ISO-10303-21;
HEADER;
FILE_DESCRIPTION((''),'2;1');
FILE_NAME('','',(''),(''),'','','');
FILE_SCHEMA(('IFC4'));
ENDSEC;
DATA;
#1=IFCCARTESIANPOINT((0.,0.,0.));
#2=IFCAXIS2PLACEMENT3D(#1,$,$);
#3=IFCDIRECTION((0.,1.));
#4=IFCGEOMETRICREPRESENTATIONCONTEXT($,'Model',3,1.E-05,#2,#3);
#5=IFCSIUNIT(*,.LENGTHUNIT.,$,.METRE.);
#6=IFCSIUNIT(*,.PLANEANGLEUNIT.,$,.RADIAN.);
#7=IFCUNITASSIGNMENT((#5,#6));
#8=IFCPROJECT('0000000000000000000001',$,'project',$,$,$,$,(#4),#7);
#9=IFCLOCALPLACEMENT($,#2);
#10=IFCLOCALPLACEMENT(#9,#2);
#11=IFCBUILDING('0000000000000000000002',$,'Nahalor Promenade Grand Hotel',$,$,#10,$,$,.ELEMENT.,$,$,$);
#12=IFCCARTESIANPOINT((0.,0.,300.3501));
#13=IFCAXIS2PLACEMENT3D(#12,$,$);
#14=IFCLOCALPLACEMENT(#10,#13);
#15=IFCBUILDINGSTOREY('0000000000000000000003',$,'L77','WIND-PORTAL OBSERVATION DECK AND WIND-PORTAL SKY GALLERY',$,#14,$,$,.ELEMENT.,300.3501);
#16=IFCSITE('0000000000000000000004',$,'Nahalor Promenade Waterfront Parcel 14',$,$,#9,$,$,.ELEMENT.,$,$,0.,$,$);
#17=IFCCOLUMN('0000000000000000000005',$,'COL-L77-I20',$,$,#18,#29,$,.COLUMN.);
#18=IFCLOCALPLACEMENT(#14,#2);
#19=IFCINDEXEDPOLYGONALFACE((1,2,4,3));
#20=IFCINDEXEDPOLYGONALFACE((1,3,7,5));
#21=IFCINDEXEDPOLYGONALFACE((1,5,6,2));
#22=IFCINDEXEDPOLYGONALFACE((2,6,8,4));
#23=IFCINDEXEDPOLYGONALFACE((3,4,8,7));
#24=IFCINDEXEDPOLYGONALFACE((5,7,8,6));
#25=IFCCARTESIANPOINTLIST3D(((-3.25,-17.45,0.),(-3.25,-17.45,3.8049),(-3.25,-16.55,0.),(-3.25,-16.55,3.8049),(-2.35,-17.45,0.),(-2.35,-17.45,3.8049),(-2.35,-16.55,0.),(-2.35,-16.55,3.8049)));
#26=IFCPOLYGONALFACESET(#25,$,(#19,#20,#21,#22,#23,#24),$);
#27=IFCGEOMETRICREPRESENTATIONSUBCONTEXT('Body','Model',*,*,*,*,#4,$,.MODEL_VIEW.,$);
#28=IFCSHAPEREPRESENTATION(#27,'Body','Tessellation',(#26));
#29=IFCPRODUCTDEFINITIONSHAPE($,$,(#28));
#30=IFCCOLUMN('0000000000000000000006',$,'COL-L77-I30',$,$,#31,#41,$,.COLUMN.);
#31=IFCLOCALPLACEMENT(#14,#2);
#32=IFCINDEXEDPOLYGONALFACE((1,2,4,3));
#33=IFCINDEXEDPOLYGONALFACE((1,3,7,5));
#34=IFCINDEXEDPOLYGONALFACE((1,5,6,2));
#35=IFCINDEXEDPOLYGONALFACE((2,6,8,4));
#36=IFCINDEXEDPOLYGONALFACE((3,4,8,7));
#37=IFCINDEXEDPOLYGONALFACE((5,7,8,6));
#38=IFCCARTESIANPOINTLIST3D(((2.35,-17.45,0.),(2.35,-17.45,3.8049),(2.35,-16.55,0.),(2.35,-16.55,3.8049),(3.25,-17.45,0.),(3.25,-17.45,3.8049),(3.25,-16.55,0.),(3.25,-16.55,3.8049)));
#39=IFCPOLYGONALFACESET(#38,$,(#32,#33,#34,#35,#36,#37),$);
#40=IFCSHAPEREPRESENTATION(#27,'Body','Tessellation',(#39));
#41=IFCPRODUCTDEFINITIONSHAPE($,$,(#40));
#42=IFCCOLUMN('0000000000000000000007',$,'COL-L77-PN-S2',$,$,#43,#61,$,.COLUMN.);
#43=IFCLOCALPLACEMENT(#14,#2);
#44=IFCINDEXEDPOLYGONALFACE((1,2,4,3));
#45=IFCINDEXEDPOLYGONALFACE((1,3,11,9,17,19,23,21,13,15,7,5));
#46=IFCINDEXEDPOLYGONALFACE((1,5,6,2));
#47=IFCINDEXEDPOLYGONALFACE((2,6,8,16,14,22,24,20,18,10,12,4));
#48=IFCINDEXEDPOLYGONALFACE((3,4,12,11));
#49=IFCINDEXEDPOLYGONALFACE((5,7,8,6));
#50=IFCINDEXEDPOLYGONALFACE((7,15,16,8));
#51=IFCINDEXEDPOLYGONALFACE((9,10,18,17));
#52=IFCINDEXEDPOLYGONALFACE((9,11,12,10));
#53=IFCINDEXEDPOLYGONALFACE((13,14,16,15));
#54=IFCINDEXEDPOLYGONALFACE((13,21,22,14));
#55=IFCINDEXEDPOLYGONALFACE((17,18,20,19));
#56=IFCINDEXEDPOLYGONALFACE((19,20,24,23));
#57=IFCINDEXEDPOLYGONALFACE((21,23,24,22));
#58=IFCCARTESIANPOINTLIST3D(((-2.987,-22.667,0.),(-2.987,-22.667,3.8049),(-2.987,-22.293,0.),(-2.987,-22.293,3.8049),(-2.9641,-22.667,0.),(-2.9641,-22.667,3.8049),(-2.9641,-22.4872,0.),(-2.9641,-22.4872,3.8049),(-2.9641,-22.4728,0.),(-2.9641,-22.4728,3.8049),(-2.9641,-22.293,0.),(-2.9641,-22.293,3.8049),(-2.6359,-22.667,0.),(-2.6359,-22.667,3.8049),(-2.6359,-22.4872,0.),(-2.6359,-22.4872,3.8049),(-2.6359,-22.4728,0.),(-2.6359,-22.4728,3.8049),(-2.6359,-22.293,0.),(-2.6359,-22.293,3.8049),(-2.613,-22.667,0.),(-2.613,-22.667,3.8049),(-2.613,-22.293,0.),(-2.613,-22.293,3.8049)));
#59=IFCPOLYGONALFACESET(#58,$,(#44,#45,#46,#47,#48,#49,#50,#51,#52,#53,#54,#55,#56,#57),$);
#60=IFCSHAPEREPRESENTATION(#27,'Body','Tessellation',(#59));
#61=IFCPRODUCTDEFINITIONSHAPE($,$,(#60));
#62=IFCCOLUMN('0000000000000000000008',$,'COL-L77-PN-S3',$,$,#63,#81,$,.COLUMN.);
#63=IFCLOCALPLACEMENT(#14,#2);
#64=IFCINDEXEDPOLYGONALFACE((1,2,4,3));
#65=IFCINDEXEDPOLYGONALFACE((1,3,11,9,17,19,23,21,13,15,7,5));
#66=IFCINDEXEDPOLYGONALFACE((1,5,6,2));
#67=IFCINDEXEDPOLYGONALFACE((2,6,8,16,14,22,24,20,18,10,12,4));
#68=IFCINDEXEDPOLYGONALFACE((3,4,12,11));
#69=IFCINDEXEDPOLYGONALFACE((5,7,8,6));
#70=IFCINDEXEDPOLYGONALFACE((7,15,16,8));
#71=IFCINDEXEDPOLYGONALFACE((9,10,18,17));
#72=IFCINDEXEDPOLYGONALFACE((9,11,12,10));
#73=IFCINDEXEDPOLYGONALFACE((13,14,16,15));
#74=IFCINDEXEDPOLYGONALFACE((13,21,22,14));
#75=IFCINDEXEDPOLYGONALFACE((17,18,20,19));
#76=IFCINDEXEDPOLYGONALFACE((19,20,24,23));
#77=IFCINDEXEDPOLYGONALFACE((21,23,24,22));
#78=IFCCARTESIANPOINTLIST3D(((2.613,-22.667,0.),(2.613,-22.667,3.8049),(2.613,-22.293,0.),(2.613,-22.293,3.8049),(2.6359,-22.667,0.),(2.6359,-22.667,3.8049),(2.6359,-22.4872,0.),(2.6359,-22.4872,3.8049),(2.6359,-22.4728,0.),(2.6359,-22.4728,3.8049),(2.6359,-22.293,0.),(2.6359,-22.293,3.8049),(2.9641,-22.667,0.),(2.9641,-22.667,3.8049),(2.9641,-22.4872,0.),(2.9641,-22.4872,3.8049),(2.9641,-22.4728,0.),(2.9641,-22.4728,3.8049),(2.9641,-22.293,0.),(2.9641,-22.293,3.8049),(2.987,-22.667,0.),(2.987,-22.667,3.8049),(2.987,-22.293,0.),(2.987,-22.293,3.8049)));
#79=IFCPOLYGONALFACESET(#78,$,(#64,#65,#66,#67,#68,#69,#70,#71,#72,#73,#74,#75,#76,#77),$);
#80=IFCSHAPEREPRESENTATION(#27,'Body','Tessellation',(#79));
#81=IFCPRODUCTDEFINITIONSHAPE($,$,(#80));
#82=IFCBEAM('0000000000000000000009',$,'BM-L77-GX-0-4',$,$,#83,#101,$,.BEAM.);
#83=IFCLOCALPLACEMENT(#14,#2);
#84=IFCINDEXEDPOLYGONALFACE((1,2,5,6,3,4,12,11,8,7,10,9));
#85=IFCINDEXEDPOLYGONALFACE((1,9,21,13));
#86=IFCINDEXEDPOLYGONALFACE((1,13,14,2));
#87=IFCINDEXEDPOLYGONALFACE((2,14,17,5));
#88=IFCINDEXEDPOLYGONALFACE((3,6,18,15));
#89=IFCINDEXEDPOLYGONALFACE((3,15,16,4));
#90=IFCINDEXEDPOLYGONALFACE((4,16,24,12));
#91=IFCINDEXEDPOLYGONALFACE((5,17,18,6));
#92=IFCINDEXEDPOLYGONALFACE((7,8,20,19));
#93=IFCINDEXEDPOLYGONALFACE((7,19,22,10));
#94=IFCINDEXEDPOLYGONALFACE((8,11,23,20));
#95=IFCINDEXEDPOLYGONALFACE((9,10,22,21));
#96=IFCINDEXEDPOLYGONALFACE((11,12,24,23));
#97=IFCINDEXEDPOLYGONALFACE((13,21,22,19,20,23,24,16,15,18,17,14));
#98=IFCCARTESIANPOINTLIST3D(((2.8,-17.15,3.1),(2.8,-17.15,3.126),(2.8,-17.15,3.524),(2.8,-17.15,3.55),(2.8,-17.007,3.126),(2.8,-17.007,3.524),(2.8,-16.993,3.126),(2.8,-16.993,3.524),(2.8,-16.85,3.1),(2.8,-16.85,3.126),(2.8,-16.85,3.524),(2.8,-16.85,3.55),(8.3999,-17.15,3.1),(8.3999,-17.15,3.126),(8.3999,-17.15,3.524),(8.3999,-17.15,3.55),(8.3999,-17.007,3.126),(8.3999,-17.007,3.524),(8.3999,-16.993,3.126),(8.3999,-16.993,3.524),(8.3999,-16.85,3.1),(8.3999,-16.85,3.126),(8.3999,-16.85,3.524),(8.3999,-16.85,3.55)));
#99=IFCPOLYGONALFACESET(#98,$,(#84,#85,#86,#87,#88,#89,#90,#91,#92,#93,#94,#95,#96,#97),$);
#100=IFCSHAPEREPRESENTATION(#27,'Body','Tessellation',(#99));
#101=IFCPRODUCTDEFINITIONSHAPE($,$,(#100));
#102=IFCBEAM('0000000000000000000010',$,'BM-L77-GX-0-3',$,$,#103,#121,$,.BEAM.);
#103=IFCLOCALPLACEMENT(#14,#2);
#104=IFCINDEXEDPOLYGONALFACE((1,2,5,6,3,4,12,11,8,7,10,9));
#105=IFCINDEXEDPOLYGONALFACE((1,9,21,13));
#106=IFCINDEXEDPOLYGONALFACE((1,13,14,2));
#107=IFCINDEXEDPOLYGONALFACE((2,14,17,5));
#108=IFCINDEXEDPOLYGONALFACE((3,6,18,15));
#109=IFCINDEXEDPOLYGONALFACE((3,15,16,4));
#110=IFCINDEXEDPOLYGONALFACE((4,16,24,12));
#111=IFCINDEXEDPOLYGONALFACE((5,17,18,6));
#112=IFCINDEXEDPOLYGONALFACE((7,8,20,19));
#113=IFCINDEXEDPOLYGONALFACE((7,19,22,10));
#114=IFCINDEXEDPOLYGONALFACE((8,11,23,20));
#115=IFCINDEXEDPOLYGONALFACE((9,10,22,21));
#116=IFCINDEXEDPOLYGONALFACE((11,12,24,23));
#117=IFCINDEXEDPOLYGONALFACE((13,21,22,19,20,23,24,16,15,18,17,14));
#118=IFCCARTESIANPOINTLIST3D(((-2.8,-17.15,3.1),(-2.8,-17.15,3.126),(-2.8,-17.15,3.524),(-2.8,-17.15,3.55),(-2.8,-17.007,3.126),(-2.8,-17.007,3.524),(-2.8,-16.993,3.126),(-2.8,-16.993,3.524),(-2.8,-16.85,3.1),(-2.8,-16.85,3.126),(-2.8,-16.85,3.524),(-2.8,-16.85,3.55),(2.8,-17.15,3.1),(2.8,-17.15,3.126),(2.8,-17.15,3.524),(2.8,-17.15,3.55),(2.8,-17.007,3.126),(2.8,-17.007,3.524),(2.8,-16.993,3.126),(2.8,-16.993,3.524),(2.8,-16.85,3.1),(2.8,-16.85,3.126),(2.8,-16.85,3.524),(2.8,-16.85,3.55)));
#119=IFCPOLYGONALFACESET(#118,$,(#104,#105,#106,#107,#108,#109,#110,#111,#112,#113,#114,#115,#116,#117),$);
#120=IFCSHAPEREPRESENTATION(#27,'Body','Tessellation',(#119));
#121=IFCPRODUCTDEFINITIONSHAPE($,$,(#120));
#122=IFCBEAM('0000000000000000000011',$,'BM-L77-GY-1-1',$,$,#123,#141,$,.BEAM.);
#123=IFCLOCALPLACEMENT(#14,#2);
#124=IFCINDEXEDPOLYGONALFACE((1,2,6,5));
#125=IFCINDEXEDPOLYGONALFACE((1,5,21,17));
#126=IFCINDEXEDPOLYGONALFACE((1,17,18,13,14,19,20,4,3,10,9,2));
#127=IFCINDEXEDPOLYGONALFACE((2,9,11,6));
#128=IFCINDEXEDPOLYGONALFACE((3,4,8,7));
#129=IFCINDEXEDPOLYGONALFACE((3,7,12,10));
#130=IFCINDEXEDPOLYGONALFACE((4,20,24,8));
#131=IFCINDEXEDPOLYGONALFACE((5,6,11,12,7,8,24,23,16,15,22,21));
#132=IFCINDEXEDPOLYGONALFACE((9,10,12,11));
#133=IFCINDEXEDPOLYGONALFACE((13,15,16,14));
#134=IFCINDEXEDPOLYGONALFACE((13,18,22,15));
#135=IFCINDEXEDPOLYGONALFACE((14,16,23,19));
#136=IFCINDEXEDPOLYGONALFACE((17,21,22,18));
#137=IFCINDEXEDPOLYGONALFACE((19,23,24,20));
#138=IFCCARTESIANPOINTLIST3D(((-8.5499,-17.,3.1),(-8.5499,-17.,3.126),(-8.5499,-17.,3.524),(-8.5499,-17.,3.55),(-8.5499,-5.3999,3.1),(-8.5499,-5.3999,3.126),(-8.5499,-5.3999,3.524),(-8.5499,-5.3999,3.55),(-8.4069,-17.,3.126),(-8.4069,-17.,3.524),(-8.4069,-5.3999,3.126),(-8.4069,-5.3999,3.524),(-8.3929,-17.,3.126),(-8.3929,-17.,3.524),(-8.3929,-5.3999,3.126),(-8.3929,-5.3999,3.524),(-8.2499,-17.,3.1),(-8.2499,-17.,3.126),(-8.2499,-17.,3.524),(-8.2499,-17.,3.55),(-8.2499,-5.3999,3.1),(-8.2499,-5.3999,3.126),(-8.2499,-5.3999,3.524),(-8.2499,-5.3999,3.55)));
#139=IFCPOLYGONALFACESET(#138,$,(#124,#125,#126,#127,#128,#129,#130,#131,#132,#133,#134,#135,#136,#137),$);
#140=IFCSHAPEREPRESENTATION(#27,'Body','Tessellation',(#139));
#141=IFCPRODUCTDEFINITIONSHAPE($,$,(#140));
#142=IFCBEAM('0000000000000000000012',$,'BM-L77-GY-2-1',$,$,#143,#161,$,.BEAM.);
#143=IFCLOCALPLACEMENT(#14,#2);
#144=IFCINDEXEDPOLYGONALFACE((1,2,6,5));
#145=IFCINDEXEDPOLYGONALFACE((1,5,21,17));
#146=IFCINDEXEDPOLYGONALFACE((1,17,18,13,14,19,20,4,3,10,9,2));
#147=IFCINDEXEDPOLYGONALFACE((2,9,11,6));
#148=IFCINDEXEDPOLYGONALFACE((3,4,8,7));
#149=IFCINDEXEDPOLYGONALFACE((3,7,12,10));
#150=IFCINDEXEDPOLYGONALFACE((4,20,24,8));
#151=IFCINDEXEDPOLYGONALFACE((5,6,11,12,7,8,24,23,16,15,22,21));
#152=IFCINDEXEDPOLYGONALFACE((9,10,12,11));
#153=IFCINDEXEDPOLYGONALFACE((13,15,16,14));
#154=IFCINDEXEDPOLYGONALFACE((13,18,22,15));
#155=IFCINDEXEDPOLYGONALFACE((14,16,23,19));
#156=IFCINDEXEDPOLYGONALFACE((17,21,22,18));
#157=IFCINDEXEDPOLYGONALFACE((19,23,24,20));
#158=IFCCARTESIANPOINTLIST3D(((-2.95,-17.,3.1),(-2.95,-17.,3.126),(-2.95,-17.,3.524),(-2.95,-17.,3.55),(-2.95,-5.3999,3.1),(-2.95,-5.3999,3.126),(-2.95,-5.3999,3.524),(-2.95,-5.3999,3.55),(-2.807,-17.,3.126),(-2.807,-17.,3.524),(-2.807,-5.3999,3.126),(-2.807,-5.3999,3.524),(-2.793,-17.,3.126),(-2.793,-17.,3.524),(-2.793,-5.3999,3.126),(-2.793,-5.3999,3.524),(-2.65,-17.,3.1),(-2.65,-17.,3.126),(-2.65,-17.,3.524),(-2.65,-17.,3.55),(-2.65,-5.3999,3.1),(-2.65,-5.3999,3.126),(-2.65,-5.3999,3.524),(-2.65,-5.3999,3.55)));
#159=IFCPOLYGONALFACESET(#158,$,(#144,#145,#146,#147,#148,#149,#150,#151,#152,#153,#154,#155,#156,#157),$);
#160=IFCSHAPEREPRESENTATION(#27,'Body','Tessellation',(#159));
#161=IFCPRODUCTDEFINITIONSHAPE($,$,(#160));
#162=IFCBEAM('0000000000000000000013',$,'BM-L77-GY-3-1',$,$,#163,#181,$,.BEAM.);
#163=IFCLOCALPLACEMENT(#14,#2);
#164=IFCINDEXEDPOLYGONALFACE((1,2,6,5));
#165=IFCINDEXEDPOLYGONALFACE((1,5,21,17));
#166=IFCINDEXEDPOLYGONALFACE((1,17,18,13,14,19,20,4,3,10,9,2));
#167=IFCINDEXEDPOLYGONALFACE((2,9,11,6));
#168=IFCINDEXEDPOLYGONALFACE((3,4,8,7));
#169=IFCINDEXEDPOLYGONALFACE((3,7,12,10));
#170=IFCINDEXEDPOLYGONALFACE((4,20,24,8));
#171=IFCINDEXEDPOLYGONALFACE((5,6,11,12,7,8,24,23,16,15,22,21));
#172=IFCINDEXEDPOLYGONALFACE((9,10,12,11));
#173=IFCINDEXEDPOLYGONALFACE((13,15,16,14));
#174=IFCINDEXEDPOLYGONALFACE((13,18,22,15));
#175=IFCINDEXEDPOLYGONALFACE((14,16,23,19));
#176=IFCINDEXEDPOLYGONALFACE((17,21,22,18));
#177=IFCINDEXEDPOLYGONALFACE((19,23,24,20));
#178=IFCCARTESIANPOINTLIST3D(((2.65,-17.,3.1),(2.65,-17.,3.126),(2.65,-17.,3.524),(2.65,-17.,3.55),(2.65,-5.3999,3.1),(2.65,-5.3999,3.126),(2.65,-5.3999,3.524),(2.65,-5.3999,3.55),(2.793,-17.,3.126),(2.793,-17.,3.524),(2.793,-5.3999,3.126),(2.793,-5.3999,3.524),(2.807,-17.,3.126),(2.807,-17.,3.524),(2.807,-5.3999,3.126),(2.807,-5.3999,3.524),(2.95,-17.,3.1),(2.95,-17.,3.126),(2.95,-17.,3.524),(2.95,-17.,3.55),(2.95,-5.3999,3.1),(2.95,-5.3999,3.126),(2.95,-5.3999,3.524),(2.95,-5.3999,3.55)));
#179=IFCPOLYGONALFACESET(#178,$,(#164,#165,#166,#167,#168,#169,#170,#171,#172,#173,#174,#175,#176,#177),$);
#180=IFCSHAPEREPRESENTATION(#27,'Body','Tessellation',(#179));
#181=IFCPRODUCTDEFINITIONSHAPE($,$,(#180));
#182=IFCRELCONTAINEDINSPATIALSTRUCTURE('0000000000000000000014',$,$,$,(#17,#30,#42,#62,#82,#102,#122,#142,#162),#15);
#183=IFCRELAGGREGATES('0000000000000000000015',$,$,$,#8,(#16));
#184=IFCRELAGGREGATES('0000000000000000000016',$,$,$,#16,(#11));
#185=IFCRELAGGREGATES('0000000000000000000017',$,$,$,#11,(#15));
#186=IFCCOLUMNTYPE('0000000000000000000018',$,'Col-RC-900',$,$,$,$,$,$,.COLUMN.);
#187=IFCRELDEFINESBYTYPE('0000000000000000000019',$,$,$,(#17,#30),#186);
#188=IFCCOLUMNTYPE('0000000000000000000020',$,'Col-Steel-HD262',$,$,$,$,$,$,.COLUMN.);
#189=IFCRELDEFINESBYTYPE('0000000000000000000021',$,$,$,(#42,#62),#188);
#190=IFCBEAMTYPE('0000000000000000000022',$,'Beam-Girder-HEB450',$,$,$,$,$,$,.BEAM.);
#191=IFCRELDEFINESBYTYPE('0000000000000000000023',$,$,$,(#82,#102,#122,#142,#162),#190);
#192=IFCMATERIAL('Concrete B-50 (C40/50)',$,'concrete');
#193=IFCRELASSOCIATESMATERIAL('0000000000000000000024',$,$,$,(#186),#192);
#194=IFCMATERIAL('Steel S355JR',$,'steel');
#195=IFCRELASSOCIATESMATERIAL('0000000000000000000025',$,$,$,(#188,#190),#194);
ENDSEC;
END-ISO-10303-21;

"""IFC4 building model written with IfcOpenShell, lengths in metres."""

from ifc_helpers import new_model, si_unit, direction, frame, origin, origin_2d, place, context, subcontext, project, spatial, rectangle, i_section, extrude, source, transform, mapped, material, material_profile, profile_set, type_object, element, save


model = new_model("IFC4")

# Units and contexts
model_context = context("Model", 3, precision=1e-05, world=origin(), true_north=direction((0.0, 1.0)))
body_context = subcontext(model_context, "Body", "Model", "MODEL_VIEW")
ifc_project = project(units=[si_unit("LENGTHUNIT", "METRE"), si_unit("PLANEANGLEUNIT", "RADIAN")], contexts=[model_context])

# Site, building, storey
site_placement = place(None, origin())
site = spatial("IfcSite", under=ifc_project, at=site_placement, Name="Nahalor Promenade Waterfront Parcel 14", CompositionType="ELEMENT", RefElevation=0.0)
building_placement = place(site_placement, origin())
building = spatial("IfcBuilding", under=site, at=building_placement, Name="Nahalor Promenade Grand Hotel", CompositionType="ELEMENT")
storey_placement = place(building_placement, frame((0.0, 0.0, 300.3501)))
storey = spatial("IfcBuildingStorey", under=building, at=storey_placement, Name="L77", Description="WIND-PORTAL OBSERVATION DECK AND WIND-PORTAL SKY GALLERY", CompositionType="ELEMENT", Elevation=300.3501)

# Columns
ifc_material_1 = material(Name="Concrete B-50 (C40/50)", Category="concrete")
ifc_material_profile_1 = material_profile(ifc_material_1, rectangle(XDim=0.9, YDim=0.9, at=origin_2d()), Name="RC 900x900")
ifc_profile_set_1 = profile_set([ifc_material_profile_1], Name="Concrete B-50 (C40/50)")
column_type_1 = type_object("IfcColumnType", Name="Col-RC-900", PredefinedType="COLUMN", material=ifc_profile_set_1)
shared_shape_1 = source(origin(), body_context, "Body", "SweptSolid", [
    extrude(rectangle(XDim=0.9, YDim=0.9, at=origin_2d()), origin(), (0.0, 0.0, 1.0), 3.8049),
])
for number, where, z_axis, x_axis, name in (
    (1, (-2.8, -17.0, 0.0), (0.0, 0.0, 1.0), (1.0, 0.0, 0.0), "COL-L77-I20"),
    (2, (2.8, -17.0, 0.0), (0.0, 0.0, 1.0), (1.0, 0.0, 0.0), "COL-L77-I30"),
):
    element("IfcColumn", number, at=place(storey_placement, frame(where, z_axis=z_axis, x_axis=x_axis)), inside=storey, type_object=column_type_1, Name=name, PredefinedType="COLUMN", context=body_context, shape_type="MappedRepresentation", body=[
        mapped(shared_shape_1, transform((0.0, 0.0, 0.0), scale=1.0)),
    ])
ifc_material_2 = material(Name="Steel S355JR", Category="steel")
ifc_material_profile_2 = material_profile(ifc_material_2, i_section(OverallWidth=0.374, OverallDepth=0.374, WebThickness=0.0144, FlangeThickness=0.0229, at=origin_2d()), Name="HD 360x262")
ifc_profile_set_2 = profile_set([ifc_material_profile_2], Name="Steel S355JR")
column_type_2 = type_object("IfcColumnType", Name="Col-Steel-HD262", PredefinedType="COLUMN", material=ifc_profile_set_2)
shared_shape_2 = source(origin(), body_context, "Body", "SweptSolid", [
    extrude(i_section(OverallWidth=0.374, OverallDepth=0.374, WebThickness=0.0144, FlangeThickness=0.0229, at=origin_2d()), origin(), (0.0, 0.0, 1.0), 3.8049),
])
for number, where, z_axis, x_axis, name in (
    (3, (-2.8, -22.48, 0.0), (0.0, 0.0, 1.0), (0.0, 1.0, 0.0), "COL-L77-PN-S2"),
    (4, (2.8, -22.48, 0.0), (0.0, 0.0, 1.0), (0.0, 1.0, 0.0), "COL-L77-PN-S3"),
):
    element("IfcColumn", number, at=place(storey_placement, frame(where, z_axis=z_axis, x_axis=x_axis)), inside=storey, type_object=column_type_2, Name=name, PredefinedType="COLUMN", context=body_context, shape_type="MappedRepresentation", body=[
        mapped(shared_shape_2, transform((0.0, 0.0, 0.0), scale=1.0)),
    ])

# Beams
ifc_material_profile_3 = material_profile(ifc_material_2, i_section(OverallWidth=0.3, OverallDepth=0.45, WebThickness=0.014, FlangeThickness=0.026, at=origin_2d()), Name="HEB 450")
ifc_profile_set_3 = profile_set([ifc_material_profile_3], Name="Steel S355JR")
beam_type_1 = type_object("IfcBeamType", Name="Beam-Girder-HEB450", PredefinedType="BEAM", material=ifc_profile_set_3)
shared_shape_3 = source(origin(), body_context, "Body", "SweptSolid", [
    extrude(i_section(OverallWidth=0.3, OverallDepth=0.45, WebThickness=0.014, FlangeThickness=0.026, at=origin_2d()), origin(), (0.0, 0.0, 1.0), 5.5999),
])
beam_1_placement = place(storey_placement, frame((2.8, -17.0, 3.325), z_axis=(1.0, 0.0, 0.0), x_axis=(0.0, 1.0, 0.0)))
element("IfcBeam", 5, at=beam_1_placement, inside=storey, type_object=beam_type_1, Name="BM-L77-GX-0-4", PredefinedType="BEAM", context=body_context, shape_type="MappedRepresentation", body=[
    mapped(shared_shape_3, transform((0.0, 0.0, 0.0), scale=1.0)),
])
shared_shape_4 = source(origin(), body_context, "Body", "SweptSolid", [
    extrude(i_section(OverallWidth=0.3, OverallDepth=0.45, WebThickness=0.014, FlangeThickness=0.026, at=origin_2d()), origin(), (0.0, 0.0, 1.0), 5.6001),
])
beam_2_placement = place(storey_placement, frame((-2.8, -17.0, 3.325), z_axis=(1.0, 0.0, 0.0), x_axis=(0.0, 1.0, 0.0)))
element("IfcBeam", 6, at=beam_2_placement, inside=storey, type_object=beam_type_1, Name="BM-L77-GX-0-3", PredefinedType="BEAM", context=body_context, shape_type="MappedRepresentation", body=[
    mapped(shared_shape_4, transform((0.0, 0.0, 0.0), scale=1.0)),
])
shared_shape_5 = source(origin(), body_context, "Body", "SweptSolid", [
    extrude(i_section(OverallWidth=0.3, OverallDepth=0.45, WebThickness=0.014, FlangeThickness=0.026, at=origin_2d()), origin(), (0.0, 0.0, 1.0), 11.6001),
])
for number, where, z_axis, x_axis, name in (
    (7, (-8.3999, -17.0, 3.325), (0.0, 1.0, 0.0), (-1.0, 0.0, 0.0), "BM-L77-GY-1-1"),
    (8, (-2.8, -17.0, 3.325), (0.0, 1.0, 0.0), (-1.0, 0.0, 0.0), "BM-L77-GY-2-1"),
    (9, (2.8, -17.0, 3.325), (0.0, 1.0, 0.0), (-1.0, 0.0, 0.0), "BM-L77-GY-3-1"),
):
    element("IfcBeam", number, at=place(storey_placement, frame(where, z_axis=z_axis, x_axis=x_axis)), inside=storey, type_object=beam_type_1, Name=name, PredefinedType="BEAM", context=body_context, shape_type="MappedRepresentation", body=[
        mapped(shared_shape_5, transform((0.0, 0.0, 0.0), scale=1.0)),
    ])

save(model, "model.ifc")
